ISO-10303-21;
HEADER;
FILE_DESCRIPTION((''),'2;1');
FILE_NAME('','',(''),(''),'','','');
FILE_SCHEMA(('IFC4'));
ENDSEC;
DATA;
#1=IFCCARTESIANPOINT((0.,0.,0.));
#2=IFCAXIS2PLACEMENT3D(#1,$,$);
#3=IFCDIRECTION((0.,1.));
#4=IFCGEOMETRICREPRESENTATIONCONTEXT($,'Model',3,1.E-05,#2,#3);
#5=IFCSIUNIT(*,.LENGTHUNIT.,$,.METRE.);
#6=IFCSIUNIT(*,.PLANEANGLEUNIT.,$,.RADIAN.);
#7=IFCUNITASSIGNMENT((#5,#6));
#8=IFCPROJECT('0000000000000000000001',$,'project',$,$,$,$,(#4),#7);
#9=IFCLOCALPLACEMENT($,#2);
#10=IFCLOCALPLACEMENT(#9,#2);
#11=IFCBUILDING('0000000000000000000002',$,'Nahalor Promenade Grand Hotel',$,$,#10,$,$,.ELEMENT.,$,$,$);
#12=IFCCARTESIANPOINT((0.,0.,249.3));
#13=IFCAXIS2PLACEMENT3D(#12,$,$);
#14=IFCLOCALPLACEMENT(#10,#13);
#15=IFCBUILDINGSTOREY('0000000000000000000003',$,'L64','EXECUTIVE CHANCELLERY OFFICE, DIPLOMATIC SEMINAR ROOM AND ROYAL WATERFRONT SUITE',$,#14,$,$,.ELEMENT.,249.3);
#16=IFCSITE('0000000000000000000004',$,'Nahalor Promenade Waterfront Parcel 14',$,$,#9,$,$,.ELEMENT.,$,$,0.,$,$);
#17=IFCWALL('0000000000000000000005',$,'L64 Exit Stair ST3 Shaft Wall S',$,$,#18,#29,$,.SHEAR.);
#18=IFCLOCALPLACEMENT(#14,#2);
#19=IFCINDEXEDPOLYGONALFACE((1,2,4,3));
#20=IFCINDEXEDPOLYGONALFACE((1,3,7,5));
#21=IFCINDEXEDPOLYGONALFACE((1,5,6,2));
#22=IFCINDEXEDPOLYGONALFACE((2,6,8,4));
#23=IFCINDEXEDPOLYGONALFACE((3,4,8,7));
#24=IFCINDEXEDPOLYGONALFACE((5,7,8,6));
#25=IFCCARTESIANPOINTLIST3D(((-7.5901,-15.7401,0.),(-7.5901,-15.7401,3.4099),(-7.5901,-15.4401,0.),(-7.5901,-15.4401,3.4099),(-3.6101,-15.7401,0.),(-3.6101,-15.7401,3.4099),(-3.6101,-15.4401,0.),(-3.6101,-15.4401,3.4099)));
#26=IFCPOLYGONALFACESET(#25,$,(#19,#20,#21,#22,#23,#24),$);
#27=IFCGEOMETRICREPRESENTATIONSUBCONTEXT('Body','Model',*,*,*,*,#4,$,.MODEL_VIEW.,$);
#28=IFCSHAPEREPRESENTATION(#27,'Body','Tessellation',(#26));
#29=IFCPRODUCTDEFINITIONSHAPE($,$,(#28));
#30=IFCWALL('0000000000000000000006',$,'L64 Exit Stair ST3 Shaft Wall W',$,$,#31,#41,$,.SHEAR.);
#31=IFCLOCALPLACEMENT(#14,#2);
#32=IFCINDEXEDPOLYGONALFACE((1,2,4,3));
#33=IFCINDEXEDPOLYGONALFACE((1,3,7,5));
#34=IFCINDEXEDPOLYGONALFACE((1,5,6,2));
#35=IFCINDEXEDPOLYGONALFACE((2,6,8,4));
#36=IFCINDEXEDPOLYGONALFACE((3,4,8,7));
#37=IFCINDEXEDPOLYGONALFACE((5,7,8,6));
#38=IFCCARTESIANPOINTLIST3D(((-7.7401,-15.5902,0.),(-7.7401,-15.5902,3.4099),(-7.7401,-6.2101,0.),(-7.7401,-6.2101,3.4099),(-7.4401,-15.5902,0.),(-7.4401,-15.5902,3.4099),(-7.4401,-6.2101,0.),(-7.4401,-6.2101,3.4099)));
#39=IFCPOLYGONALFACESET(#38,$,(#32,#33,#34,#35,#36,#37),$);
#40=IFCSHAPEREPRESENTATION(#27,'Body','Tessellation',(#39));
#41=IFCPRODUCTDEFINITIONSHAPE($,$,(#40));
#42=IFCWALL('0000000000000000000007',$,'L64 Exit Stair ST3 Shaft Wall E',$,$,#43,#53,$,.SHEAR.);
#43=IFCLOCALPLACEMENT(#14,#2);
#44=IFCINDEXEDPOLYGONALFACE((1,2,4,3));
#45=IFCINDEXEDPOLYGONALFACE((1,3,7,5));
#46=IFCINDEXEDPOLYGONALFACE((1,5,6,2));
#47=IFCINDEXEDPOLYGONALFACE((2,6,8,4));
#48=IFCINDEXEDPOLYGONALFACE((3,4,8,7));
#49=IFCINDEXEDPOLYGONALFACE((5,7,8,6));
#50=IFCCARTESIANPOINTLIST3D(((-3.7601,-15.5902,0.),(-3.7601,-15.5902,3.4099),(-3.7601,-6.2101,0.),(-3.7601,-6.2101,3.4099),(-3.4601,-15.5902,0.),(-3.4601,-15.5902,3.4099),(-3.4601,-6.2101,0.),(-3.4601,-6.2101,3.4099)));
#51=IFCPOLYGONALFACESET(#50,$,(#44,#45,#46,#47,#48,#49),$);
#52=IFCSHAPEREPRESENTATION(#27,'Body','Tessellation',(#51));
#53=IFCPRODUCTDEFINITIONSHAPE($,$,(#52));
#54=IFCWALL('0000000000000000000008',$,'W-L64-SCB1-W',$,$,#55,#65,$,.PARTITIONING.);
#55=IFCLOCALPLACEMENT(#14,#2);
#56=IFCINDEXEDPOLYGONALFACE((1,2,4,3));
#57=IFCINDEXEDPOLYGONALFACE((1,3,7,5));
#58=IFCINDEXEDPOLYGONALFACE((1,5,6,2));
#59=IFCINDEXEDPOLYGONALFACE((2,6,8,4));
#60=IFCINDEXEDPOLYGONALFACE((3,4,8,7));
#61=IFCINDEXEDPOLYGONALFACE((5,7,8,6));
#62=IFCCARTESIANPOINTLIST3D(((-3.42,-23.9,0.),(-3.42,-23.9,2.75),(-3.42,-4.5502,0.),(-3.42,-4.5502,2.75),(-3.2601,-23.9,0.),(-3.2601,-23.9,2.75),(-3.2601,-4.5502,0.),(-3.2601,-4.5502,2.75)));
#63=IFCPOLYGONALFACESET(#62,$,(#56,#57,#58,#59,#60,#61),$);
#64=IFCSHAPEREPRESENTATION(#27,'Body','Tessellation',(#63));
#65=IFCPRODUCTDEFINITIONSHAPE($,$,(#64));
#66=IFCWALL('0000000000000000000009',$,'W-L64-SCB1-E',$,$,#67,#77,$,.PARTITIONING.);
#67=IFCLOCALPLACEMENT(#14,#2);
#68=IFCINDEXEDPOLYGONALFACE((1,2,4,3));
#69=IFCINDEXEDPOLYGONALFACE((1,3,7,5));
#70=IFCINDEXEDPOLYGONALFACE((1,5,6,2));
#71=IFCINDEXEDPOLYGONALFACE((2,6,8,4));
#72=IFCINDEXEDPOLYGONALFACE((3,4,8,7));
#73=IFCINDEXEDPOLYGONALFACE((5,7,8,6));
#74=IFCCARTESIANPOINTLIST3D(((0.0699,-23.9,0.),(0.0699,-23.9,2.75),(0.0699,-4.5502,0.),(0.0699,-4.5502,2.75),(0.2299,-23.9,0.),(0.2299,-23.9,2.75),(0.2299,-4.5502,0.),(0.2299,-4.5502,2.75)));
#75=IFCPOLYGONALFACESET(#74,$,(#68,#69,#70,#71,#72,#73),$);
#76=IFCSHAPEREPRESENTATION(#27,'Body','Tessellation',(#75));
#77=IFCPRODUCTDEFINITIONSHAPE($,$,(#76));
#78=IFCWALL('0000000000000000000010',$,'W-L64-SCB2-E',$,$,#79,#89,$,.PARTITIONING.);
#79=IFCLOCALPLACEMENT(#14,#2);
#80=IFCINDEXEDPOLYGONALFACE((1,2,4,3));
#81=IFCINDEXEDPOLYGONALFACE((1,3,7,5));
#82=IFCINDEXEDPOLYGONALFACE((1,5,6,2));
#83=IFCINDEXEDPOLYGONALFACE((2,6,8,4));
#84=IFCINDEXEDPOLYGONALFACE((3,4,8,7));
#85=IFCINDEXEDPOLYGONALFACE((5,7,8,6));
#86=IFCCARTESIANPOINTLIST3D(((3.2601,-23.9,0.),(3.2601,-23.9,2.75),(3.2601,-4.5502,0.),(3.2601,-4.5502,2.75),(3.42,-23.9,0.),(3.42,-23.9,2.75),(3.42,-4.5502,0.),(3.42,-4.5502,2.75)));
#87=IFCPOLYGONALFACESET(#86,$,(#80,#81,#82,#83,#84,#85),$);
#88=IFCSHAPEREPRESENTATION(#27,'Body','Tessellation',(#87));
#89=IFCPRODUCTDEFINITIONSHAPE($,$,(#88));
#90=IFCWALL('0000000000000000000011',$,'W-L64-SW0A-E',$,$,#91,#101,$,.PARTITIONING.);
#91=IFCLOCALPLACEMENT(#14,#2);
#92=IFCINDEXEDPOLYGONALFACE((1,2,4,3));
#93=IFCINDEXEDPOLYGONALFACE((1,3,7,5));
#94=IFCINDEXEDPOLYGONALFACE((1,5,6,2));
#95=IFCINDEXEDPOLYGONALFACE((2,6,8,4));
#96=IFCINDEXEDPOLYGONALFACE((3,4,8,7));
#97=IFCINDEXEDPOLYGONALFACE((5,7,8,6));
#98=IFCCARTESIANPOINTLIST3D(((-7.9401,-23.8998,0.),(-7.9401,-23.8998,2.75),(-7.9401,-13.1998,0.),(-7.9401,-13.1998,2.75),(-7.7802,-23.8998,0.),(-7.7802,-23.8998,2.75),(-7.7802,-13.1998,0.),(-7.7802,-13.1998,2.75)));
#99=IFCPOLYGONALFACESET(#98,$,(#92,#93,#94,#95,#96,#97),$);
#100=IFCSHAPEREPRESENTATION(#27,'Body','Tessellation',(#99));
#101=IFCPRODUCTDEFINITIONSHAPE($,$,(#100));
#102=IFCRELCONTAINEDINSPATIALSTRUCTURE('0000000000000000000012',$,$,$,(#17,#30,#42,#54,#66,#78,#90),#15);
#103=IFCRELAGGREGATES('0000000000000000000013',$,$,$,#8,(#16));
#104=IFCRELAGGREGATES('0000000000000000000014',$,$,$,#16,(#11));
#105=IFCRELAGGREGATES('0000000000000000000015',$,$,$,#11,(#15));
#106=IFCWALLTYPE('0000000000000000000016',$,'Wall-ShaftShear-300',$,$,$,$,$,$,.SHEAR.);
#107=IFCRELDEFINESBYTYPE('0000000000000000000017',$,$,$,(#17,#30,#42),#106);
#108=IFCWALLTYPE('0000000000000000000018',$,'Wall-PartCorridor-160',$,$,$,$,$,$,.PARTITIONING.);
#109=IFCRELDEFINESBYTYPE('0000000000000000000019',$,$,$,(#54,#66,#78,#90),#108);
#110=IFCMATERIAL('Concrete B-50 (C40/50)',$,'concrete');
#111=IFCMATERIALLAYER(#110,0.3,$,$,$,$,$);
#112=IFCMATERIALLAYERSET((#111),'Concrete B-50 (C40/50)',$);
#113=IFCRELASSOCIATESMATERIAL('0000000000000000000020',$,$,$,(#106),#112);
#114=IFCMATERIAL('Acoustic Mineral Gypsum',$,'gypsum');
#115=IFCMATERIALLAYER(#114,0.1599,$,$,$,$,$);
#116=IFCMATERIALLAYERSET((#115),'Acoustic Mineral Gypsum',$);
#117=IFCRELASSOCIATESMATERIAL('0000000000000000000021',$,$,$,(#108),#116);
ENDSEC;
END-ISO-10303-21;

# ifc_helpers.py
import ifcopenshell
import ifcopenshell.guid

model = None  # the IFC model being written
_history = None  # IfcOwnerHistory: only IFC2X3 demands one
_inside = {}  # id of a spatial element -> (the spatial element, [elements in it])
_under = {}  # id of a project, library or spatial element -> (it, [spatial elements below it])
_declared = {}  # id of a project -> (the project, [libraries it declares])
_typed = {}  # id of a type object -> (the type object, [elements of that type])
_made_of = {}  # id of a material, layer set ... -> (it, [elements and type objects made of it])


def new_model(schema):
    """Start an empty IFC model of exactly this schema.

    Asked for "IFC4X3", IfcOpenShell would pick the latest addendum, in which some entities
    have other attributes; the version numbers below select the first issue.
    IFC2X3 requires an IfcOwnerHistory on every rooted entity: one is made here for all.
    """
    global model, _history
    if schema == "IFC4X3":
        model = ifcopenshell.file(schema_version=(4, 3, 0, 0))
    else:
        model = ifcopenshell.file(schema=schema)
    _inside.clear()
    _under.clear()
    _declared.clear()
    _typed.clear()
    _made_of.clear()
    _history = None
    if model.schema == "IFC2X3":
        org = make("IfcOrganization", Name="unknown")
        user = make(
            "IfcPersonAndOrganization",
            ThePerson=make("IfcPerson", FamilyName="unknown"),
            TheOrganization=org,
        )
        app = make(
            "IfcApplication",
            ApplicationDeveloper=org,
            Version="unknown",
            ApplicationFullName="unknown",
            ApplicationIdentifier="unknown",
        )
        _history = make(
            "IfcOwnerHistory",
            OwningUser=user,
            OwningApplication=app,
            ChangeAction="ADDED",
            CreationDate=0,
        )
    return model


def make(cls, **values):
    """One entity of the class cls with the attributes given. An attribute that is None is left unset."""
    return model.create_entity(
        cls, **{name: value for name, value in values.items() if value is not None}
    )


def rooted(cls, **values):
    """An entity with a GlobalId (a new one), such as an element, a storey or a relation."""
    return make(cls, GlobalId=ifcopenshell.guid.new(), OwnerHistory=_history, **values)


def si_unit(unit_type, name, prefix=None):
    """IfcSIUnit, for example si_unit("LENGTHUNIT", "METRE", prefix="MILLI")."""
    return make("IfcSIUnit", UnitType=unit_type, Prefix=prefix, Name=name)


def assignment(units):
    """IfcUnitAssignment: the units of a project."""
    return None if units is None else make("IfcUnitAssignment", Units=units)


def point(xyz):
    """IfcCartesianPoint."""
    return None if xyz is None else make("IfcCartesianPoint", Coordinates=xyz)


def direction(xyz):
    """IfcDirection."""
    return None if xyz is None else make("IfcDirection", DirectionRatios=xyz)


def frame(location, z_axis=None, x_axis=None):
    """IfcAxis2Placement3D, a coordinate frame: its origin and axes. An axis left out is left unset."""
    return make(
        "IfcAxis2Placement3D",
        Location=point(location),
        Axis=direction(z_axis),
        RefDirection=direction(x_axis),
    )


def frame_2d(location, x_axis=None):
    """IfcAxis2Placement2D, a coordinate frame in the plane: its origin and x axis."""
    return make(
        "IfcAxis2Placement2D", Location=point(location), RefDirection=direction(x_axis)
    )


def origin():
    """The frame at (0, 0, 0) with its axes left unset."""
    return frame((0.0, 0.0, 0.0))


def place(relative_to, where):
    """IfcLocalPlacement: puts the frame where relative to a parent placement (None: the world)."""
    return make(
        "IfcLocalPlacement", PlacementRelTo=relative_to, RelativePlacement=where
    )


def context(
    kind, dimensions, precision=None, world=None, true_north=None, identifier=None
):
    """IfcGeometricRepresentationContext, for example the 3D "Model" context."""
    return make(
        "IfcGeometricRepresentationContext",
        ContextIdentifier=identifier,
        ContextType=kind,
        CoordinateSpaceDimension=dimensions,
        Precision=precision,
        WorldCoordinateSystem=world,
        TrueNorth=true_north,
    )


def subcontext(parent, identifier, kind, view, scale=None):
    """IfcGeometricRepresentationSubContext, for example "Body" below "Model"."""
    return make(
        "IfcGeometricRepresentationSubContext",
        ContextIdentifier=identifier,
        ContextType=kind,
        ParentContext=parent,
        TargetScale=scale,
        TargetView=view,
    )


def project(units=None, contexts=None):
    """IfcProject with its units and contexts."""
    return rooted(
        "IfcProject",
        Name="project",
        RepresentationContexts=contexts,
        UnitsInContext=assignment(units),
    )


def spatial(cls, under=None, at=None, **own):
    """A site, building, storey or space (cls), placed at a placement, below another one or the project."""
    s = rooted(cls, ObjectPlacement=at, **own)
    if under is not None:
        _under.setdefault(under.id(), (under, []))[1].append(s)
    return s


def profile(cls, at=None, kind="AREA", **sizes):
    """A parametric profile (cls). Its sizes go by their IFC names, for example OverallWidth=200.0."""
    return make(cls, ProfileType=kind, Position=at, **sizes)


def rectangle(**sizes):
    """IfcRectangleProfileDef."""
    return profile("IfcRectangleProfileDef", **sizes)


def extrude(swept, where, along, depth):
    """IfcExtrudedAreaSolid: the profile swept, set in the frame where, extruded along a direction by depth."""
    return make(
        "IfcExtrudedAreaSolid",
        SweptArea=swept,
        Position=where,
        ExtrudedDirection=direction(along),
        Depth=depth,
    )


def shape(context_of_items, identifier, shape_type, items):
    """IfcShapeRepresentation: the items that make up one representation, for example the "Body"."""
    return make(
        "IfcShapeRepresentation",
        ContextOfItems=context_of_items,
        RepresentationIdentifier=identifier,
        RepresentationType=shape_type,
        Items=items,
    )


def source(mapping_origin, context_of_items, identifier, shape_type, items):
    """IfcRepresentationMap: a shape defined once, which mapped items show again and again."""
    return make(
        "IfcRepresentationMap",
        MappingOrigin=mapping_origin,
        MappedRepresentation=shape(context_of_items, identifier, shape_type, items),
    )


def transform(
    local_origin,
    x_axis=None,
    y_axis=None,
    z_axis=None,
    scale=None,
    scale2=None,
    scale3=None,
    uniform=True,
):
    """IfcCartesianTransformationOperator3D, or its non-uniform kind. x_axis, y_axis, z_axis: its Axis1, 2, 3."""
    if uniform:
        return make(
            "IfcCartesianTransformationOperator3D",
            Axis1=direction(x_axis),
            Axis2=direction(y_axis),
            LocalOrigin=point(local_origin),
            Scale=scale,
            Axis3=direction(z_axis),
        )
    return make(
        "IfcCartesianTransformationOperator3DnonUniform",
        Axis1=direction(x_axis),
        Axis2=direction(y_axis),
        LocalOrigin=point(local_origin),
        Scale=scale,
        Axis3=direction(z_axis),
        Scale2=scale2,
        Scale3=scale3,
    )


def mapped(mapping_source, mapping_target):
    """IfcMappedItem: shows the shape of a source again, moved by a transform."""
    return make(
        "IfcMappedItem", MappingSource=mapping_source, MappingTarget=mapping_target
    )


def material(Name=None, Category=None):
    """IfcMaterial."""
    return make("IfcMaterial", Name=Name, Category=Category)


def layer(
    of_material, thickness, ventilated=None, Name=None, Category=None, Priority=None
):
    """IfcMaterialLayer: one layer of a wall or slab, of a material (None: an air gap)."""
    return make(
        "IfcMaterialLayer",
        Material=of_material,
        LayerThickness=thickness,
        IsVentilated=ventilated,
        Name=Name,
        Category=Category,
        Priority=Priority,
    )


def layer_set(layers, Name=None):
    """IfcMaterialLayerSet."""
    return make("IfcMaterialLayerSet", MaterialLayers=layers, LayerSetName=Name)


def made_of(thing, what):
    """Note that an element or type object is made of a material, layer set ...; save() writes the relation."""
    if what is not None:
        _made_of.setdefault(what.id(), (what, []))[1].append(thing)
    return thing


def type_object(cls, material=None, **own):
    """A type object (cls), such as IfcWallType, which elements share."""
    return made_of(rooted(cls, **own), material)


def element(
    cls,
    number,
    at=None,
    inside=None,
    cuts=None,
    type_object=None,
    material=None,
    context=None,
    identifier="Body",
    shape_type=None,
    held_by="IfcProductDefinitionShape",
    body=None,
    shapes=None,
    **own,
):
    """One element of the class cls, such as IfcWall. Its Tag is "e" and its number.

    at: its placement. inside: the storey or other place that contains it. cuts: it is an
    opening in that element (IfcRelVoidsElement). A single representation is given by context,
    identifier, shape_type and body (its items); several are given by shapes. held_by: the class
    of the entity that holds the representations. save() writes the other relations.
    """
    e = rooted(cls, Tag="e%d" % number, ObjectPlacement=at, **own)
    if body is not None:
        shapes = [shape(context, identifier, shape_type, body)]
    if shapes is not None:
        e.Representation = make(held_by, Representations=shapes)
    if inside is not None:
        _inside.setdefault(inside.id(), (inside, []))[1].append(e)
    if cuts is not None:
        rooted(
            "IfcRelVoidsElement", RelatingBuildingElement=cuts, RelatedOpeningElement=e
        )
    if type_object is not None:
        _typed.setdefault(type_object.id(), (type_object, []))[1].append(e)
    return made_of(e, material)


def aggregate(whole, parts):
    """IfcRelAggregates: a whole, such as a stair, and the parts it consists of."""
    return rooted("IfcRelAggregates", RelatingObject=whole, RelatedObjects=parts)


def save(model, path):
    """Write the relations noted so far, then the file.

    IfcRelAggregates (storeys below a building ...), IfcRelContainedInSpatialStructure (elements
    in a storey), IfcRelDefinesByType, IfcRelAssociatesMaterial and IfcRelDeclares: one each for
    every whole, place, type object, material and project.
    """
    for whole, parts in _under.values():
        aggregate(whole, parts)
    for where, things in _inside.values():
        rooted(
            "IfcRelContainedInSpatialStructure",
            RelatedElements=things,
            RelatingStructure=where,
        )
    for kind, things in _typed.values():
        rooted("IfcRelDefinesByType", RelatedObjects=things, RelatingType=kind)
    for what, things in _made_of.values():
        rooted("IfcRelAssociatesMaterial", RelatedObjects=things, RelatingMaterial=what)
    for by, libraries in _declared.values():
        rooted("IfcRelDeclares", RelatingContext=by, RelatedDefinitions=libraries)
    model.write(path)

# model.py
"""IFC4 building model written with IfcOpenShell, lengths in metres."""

from ifc_helpers import new_model, si_unit, direction, frame, frame_2d, origin, place, context, subcontext, project, spatial, rectangle, extrude, source, transform, mapped, material, layer, layer_set, type_object, element, save


model = new_model("IFC4")

# Units and contexts
model_context = context("Model", 3, precision=1e-05, world=origin(), true_north=direction((0.0, 1.0)))
body_context = subcontext(model_context, "Body", "Model", "MODEL_VIEW")
ifc_project = project(units=[si_unit("LENGTHUNIT", "METRE"), si_unit("PLANEANGLEUNIT", "RADIAN")], contexts=[model_context])

# Site, building, storey
site_placement = place(None, origin())
site = spatial("IfcSite", under=ifc_project, at=site_placement, Name="Nahalor Promenade Waterfront Parcel 14", CompositionType="ELEMENT", RefElevation=0.0)
building_placement = place(site_placement, origin())
building = spatial("IfcBuilding", under=site, at=building_placement, Name="Nahalor Promenade Grand Hotel", CompositionType="ELEMENT")
storey_placement = place(building_placement, frame((0.0, 0.0, 249.3)))
storey = spatial("IfcBuildingStorey", under=building, at=storey_placement, Name="L64", Description="EXECUTIVE CHANCELLERY OFFICE, DIPLOMATIC SEMINAR ROOM AND ROYAL WATERFRONT SUITE", CompositionType="ELEMENT", Elevation=249.3)

# Walls
ifc_material_1 = material(Name="Concrete B-50 (C40/50)", Category="concrete")
ifc_layer_1 = layer(ifc_material_1, 0.3)
ifc_layer_set_1 = layer_set([ifc_layer_1], Name="Concrete B-50 (C40/50)")
wall_type_1 = type_object("IfcWallType", Name="Wall-ShaftShear-300", PredefinedType="SHEAR", material=ifc_layer_set_1)
shared_shape_1 = source(origin(), body_context, "Body", "SweptSolid", [
    extrude(rectangle(XDim=3.98, YDim=0.3, at=frame_2d((1.99, 0.0))), origin(), (0.0, 0.0, 1.0), 3.4099),
])
wall_1_placement = place(storey_placement, frame((-7.5901, -15.5901, 0.0), z_axis=(0.0, 0.0, 1.0), x_axis=(1.0, 0.0, 0.0)))
element("IfcWall", 1, at=wall_1_placement, inside=storey, type_object=wall_type_1, Name="L64 Exit Stair ST3 Shaft Wall S", PredefinedType="SHEAR", context=body_context, shape_type="MappedRepresentation", body=[
    mapped(shared_shape_1, transform((0.0, 0.0, 0.0), scale=1.0)),
])
shared_shape_2 = source(origin(), body_context, "Body", "SweptSolid", [
    extrude(rectangle(XDim=9.3801, YDim=0.3, at=frame_2d((4.6899, 0.0))), origin(), (0.0, 0.0, 1.0), 3.4099),
])
for number, where, z_axis, x_axis, name in (
    (2, (-7.5901, -15.5901, 0.0), (0.0, 0.0, 1.0), (0.0, 1.0, 0.0), "L64 Exit Stair ST3 Shaft Wall W"),
    (3, (-3.6101, -15.5901, 0.0), (0.0, 0.0, 1.0), (0.0, 1.0, 0.0), "L64 Exit Stair ST3 Shaft Wall E"),
):
    element("IfcWall", number, at=place(storey_placement, frame(where, z_axis=z_axis, x_axis=x_axis)), inside=storey, type_object=wall_type_1, Name=name, PredefinedType="SHEAR", context=body_context, shape_type="MappedRepresentation", body=[
        mapped(shared_shape_2, transform((0.0, 0.0, 0.0), scale=1.0)),
    ])
ifc_material_2 = material(Name="Acoustic Mineral Gypsum", Category="gypsum")
ifc_layer_2 = layer(ifc_material_2, 0.1599)
ifc_layer_set_2 = layer_set([ifc_layer_2], Name="Acoustic Mineral Gypsum")
wall_type_2 = type_object("IfcWallType", Name="Wall-PartCorridor-160", PredefinedType="PARTITIONING", material=ifc_layer_set_2)
shared_shape_3 = source(origin(), body_context, "Body", "SweptSolid", [
    extrude(rectangle(XDim=19.3499, YDim=0.1599, at=frame_2d((9.6748, 0.0))), origin(), (0.0, 0.0, 1.0), 2.75),
])
for number, where, z_axis, x_axis, name in (
    (4, (-3.3401, -23.8999, 0.0), (0.0, 0.0, 1.0), (0.0, 1.0, 0.0), "W-L64-SCB1-W"),
    (5, (0.1499, -23.8999, 0.0), (0.0, 0.0, 1.0), (0.0, 1.0, 0.0), "W-L64-SCB1-E"),
    (6, (3.3401, -23.8999, 0.0), (0.0, 0.0, 1.0), (0.0, 1.0, 0.0), "W-L64-SCB2-E"),
):
    element("IfcWall", number, at=place(storey_placement, frame(where, z_axis=z_axis, x_axis=x_axis)), inside=storey, type_object=wall_type_2, Name=name, PredefinedType="PARTITIONING", context=body_context, shape_type="MappedRepresentation", body=[
        mapped(shared_shape_3, transform((0.0, 0.0, 0.0), scale=1.0)),
    ])
shared_shape_4 = source(origin(), body_context, "Body", "SweptSolid", [
    extrude(rectangle(XDim=10.7, YDim=0.1599, at=frame_2d((5.3501, 0.0))), origin(), (0.0, 0.0, 1.0), 2.75),
])
wall_2_placement = place(storey_placement, frame((-7.8601, -23.8999, 0.0), z_axis=(0.0, 0.0, 1.0), x_axis=(0.0, 1.0, 0.0)))
element("IfcWall", 7, at=wall_2_placement, inside=storey, type_object=wall_type_2, Name="W-L64-SW0A-E", PredefinedType="PARTITIONING", context=body_context, shape_type="MappedRepresentation", body=[
    mapped(shared_shape_4, transform((0.0, 0.0, 0.0), scale=1.0)),
])

save(model, "model.ifc")
